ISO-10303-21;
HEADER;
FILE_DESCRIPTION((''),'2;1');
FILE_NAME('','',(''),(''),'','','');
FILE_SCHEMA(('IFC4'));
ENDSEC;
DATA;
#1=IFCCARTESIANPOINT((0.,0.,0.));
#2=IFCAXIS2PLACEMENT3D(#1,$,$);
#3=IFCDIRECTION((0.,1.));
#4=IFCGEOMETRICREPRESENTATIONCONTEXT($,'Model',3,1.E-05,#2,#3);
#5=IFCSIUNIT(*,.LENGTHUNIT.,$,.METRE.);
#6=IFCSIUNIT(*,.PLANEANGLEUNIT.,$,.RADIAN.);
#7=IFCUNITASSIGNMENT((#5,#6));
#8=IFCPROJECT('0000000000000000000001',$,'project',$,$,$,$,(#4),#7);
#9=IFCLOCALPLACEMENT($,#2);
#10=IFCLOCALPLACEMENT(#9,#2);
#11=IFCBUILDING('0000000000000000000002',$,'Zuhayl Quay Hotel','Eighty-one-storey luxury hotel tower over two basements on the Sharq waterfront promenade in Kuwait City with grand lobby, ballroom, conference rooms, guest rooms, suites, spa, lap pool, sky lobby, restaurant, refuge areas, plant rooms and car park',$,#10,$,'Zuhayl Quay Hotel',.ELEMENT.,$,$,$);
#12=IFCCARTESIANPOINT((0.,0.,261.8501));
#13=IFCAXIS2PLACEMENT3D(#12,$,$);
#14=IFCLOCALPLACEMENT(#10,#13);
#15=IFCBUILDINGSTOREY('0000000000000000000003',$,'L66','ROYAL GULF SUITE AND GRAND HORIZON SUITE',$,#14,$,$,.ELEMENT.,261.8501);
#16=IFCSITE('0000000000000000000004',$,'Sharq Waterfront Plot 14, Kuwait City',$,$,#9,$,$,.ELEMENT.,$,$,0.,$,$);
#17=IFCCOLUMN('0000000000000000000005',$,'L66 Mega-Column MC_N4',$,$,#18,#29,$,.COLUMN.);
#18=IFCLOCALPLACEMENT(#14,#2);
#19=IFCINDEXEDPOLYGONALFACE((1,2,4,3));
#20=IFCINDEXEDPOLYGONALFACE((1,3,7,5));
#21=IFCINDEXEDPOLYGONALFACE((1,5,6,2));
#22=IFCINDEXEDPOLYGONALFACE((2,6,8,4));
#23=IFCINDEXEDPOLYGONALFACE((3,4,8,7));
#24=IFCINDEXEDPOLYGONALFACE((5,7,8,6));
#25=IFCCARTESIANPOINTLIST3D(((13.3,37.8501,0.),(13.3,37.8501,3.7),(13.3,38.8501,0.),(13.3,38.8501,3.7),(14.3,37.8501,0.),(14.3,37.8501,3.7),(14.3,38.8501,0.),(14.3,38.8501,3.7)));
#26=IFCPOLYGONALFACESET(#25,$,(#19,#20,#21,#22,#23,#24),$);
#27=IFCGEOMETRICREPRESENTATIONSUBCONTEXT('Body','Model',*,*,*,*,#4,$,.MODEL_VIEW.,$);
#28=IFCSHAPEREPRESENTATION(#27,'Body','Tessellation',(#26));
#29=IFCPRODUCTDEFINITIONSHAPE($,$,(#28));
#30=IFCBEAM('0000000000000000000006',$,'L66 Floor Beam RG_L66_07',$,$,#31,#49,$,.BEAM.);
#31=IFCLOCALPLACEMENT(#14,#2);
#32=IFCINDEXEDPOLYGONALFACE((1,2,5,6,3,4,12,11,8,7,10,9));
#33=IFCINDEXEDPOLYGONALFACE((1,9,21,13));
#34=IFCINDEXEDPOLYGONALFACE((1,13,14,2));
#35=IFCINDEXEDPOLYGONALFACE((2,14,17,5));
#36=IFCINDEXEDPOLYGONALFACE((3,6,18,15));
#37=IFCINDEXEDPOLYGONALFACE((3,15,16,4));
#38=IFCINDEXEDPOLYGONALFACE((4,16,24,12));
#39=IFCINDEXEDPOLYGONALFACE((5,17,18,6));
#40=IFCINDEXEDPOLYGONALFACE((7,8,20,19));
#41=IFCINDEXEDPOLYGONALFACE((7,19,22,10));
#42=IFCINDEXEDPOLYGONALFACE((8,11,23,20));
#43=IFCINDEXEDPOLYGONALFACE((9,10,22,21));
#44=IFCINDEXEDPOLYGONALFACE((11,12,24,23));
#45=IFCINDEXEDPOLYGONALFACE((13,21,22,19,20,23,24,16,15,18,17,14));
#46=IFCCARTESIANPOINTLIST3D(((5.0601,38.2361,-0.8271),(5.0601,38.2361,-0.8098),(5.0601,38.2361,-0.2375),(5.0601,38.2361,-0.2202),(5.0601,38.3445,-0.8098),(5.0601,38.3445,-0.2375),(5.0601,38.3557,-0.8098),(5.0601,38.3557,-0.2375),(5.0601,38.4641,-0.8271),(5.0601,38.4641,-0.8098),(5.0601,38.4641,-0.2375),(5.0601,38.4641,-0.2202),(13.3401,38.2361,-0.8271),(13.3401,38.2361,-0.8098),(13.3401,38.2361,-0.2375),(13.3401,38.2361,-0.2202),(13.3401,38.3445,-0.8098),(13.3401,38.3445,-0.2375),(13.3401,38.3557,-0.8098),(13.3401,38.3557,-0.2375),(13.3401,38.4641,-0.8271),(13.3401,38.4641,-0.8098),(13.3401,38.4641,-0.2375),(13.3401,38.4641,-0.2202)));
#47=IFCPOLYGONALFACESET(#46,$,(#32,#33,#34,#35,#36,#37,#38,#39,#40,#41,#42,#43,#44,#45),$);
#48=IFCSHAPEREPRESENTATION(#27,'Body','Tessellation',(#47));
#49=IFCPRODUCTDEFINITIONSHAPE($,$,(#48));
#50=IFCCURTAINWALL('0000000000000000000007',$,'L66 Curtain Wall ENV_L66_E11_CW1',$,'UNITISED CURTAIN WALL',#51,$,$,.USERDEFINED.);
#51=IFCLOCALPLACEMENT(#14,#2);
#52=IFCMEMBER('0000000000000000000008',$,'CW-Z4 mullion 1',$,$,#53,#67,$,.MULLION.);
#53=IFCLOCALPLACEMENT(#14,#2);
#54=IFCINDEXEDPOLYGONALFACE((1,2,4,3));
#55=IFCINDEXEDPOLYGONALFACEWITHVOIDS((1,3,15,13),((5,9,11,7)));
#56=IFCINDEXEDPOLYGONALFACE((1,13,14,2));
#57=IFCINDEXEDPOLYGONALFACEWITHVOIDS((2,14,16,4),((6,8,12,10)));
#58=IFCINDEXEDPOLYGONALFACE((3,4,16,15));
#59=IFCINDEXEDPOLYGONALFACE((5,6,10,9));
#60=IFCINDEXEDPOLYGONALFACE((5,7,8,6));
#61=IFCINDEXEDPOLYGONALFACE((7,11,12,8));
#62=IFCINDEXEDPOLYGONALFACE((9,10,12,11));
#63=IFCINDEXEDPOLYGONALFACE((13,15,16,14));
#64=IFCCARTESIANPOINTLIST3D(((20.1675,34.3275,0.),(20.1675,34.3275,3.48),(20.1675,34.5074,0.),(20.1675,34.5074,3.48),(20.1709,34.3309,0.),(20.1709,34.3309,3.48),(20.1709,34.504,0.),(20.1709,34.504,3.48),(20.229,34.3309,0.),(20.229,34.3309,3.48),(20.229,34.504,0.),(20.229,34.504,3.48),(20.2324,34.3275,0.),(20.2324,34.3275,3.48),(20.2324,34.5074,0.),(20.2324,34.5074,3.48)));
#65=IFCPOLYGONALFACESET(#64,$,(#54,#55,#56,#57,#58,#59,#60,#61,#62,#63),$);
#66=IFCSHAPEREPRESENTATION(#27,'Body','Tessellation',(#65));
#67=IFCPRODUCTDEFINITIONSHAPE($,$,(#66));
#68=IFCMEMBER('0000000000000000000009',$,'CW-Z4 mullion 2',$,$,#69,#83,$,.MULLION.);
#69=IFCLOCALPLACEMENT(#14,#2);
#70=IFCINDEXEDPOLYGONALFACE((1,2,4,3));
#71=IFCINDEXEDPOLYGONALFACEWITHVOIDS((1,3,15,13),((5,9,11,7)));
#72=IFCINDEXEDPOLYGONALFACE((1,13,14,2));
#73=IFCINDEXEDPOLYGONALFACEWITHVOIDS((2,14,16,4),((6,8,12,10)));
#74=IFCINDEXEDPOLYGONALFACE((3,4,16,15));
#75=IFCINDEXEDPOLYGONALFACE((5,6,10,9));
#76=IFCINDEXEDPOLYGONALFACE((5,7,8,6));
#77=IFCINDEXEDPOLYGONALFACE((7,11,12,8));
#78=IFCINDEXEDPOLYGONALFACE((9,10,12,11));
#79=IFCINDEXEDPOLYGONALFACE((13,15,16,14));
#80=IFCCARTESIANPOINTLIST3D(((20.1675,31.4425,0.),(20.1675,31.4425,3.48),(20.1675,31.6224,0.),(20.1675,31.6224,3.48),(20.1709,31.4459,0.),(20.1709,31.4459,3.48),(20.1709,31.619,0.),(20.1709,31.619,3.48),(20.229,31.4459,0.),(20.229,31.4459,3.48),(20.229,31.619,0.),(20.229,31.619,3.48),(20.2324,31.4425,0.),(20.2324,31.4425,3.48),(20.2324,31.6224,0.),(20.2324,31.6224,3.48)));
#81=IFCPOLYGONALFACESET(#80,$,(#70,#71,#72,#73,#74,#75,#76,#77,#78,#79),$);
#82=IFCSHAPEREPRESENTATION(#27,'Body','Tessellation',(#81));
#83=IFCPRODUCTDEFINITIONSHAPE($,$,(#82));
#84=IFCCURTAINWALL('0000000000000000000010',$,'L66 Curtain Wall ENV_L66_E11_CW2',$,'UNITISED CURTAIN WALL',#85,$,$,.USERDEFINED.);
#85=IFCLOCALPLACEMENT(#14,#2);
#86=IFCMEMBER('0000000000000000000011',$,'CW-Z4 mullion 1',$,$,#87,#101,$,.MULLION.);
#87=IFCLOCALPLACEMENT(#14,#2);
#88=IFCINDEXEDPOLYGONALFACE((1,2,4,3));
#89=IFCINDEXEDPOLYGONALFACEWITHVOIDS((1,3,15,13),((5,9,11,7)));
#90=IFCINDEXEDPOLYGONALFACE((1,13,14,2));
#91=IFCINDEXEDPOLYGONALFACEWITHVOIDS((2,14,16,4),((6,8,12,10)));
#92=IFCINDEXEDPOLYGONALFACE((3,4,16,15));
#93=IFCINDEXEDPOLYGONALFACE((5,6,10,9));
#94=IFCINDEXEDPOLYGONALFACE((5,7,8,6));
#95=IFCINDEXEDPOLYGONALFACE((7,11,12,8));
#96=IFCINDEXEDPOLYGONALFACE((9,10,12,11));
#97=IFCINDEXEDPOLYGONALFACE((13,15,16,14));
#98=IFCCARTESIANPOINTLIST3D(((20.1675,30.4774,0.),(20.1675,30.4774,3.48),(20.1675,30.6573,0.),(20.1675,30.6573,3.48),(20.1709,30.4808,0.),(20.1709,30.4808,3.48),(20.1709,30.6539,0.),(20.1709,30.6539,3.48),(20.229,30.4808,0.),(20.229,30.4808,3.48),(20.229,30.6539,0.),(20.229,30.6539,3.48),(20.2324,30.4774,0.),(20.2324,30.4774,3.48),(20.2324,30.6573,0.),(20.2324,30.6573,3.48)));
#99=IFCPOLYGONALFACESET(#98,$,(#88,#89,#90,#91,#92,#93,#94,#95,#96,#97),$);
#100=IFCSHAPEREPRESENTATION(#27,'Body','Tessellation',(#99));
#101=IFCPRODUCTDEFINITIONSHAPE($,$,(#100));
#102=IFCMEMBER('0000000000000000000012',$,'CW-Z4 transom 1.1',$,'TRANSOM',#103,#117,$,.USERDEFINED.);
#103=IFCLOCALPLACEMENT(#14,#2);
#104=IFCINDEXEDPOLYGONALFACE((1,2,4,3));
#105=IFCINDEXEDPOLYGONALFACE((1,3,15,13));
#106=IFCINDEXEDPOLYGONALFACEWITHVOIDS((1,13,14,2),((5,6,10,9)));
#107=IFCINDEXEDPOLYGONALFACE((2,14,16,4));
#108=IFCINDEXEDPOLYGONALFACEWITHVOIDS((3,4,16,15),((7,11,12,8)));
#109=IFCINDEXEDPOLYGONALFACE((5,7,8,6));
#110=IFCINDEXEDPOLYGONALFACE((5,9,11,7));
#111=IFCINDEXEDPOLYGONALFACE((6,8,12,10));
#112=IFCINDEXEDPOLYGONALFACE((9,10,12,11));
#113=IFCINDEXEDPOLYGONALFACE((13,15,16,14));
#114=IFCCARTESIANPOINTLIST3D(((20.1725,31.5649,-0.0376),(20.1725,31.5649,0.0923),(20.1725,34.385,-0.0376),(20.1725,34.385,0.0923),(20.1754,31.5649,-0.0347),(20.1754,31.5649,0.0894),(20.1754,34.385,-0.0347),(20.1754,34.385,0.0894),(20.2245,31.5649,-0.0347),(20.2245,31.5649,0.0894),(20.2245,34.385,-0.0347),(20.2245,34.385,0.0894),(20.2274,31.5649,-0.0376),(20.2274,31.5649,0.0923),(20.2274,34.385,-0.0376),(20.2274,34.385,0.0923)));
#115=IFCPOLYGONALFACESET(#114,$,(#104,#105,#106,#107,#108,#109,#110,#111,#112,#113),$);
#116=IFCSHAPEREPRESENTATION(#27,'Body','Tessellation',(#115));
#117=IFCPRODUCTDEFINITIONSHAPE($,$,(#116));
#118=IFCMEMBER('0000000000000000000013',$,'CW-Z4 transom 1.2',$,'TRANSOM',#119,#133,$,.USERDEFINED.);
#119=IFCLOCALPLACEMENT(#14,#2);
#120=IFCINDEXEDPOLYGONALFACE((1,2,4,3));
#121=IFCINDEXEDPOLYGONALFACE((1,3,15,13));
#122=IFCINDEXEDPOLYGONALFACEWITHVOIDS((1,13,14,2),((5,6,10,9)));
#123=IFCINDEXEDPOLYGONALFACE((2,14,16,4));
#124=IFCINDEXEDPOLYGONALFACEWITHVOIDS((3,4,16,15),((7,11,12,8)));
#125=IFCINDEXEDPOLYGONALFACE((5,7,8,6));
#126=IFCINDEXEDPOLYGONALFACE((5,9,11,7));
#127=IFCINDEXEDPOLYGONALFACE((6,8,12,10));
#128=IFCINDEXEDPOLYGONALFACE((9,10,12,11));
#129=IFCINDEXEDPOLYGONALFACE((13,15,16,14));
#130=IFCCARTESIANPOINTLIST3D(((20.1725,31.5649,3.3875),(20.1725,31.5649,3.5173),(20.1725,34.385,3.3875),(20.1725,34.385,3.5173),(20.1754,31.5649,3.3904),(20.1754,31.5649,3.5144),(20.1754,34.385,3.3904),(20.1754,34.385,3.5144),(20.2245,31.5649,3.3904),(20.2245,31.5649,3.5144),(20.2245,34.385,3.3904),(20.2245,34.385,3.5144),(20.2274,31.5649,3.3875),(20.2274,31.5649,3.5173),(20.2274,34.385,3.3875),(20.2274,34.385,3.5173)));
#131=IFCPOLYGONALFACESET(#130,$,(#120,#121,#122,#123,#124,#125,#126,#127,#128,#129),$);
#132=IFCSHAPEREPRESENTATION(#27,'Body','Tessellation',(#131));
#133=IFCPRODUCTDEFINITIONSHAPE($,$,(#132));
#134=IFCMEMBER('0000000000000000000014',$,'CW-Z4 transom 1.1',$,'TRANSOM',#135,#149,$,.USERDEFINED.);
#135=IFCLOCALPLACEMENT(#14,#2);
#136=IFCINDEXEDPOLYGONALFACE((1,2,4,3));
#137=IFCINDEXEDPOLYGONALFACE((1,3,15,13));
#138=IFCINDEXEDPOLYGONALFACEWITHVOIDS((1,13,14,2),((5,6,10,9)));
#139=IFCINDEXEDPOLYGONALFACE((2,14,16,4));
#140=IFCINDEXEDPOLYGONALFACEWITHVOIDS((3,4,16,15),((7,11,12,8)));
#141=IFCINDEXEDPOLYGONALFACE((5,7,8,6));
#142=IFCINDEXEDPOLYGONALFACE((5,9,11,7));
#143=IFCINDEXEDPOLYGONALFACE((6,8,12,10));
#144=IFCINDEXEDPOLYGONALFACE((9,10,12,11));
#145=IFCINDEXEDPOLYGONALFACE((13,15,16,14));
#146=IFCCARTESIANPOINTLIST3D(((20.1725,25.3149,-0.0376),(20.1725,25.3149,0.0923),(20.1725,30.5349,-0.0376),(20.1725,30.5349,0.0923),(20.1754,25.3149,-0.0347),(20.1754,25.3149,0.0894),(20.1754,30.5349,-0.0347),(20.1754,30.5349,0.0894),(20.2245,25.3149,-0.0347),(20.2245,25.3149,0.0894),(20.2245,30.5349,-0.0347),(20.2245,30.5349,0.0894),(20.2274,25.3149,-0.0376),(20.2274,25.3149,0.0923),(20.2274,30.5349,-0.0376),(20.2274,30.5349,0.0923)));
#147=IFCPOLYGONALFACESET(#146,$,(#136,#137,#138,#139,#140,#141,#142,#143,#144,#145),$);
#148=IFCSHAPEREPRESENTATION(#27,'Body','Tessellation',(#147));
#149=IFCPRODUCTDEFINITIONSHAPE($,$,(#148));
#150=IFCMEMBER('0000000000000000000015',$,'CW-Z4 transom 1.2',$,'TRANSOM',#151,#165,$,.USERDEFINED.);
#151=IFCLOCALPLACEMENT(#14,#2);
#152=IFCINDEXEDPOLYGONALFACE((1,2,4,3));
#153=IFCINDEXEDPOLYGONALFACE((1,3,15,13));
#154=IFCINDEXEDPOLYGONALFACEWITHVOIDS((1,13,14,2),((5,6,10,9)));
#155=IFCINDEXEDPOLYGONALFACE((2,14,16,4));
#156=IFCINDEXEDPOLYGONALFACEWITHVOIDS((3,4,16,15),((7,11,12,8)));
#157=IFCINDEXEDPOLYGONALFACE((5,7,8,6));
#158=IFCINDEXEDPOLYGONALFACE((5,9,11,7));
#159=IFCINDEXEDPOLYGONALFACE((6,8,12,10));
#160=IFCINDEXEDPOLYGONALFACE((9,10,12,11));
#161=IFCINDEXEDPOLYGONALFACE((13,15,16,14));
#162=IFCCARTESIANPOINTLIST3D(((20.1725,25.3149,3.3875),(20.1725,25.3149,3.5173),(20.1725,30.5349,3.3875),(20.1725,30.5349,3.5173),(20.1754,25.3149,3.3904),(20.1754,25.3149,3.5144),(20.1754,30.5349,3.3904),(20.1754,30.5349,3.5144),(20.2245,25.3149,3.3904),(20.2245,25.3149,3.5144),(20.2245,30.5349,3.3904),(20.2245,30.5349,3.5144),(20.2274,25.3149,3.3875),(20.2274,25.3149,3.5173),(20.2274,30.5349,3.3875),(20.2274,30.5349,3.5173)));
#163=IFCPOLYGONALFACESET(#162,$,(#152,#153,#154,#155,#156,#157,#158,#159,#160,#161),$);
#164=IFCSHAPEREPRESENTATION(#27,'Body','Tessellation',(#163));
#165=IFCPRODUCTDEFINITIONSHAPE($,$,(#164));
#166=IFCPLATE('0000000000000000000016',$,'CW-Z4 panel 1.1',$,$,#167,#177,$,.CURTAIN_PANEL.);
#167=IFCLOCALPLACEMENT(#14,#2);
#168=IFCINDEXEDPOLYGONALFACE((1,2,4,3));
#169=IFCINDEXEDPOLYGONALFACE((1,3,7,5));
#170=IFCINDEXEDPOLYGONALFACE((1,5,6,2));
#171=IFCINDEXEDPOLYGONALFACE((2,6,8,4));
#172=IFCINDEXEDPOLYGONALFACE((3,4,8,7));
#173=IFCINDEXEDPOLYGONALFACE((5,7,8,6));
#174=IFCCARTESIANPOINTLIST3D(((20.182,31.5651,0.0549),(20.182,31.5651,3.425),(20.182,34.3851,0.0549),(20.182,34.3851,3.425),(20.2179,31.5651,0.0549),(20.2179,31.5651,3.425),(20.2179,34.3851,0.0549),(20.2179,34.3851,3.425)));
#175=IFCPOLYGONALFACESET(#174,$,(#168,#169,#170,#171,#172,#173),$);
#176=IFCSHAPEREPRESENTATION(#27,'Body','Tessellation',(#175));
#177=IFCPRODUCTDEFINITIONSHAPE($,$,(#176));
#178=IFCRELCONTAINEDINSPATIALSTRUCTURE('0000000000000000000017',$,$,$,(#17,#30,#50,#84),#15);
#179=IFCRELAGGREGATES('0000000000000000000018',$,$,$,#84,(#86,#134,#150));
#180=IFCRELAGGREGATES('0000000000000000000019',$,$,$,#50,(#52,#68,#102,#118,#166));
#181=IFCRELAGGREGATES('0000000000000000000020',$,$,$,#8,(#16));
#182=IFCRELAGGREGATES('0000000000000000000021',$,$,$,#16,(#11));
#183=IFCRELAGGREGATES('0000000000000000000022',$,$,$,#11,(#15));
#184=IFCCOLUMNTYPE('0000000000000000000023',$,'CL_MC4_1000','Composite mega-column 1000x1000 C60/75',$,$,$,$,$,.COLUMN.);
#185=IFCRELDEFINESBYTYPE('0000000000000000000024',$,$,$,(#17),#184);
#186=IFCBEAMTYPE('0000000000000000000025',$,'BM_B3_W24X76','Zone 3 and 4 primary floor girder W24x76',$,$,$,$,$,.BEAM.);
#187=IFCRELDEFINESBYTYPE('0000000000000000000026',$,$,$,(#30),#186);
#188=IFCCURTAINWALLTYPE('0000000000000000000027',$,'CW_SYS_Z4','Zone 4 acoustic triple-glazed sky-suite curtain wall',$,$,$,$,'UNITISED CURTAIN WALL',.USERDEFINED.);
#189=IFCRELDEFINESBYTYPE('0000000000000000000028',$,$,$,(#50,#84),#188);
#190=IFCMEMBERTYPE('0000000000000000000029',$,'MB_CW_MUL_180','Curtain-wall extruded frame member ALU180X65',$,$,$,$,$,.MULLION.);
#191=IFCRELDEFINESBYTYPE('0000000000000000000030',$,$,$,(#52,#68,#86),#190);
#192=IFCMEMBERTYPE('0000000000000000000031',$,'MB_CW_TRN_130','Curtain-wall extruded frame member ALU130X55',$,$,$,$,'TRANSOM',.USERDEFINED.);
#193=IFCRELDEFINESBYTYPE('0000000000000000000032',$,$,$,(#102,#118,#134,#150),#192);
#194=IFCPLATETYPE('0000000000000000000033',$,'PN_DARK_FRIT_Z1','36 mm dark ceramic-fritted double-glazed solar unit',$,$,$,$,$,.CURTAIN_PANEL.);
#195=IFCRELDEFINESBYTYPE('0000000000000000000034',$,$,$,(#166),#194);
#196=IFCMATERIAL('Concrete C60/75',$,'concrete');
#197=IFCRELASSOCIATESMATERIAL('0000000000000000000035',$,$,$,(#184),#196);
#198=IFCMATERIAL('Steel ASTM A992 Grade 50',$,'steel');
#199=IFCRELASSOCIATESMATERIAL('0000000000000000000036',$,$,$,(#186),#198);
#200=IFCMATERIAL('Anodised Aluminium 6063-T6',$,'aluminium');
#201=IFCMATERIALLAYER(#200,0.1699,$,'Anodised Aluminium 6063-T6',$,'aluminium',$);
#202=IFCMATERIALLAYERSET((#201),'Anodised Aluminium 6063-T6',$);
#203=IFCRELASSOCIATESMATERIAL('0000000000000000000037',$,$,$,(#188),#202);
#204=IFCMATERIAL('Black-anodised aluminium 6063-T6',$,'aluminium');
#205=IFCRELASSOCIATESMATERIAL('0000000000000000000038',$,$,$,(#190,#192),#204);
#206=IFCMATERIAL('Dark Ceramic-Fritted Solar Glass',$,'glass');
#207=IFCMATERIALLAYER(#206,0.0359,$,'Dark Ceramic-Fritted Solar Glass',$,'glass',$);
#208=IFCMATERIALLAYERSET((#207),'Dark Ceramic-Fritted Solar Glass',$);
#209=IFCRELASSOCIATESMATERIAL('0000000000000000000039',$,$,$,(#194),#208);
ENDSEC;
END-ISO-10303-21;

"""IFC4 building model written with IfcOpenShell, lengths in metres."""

from ifc_helpers import new_model, si_unit, direction, frame, origin, origin_2d, place, context, subcontext, project, spatial, rectangle, hollow_rectangle, i_section, extrude, material, layer, layer_set, material_profile, profile_set, type_object, element, aggregate, save


model = new_model("IFC4")

# Units and contexts
model_context = context("Model", 3, precision=1e-05, world=origin(), true_north=direction((0.0, 1.0)))
body_context = subcontext(model_context, "Body", "Model", "MODEL_VIEW")
ifc_project = project(units=[si_unit("LENGTHUNIT", "METRE"), si_unit("PLANEANGLEUNIT", "RADIAN")], contexts=[model_context])

# Site, building, storey
site_placement = place(None, origin())
site = spatial("IfcSite", under=ifc_project, at=site_placement, Name="Sharq Waterfront Plot 14, Kuwait City", CompositionType="ELEMENT", RefElevation=0.0)
building_placement = place(site_placement, origin())
building = spatial("IfcBuilding", under=site, at=building_placement, Name="Zuhayl Quay Hotel", Description="Eighty-one-storey luxury hotel tower over two basements on the Sharq waterfront promenade in Kuwait City with grand lobby, ballroom, conference rooms, guest rooms, suites, spa, lap pool, sky lobby, restaurant, refuge areas, plant rooms and car park", LongName="Zuhayl Quay Hotel", CompositionType="ELEMENT")
storey_placement = place(building_placement, frame((0.0, 0.0, 261.8501)))
storey = spatial("IfcBuildingStorey", under=building, at=storey_placement, Name="L66", Description="ROYAL GULF SUITE AND GRAND HORIZON SUITE", CompositionType="ELEMENT", Elevation=261.8501)

# Column
ifc_material_1 = material(Name="Concrete C60/75", Category="concrete")
ifc_material_profile_1 = material_profile(ifc_material_1, rectangle(XDim=1.0, YDim=1.0, at=origin_2d()), Name="RC1000X1000")
ifc_profile_set_1 = profile_set([ifc_material_profile_1], Name="Concrete C60/75")
column_type = type_object("IfcColumnType", Name="CL_MC4_1000", Description="Composite mega-column 1000x1000 C60/75", PredefinedType="COLUMN", material=ifc_profile_set_1)
column_placement = place(storey_placement, frame((13.8, 38.3501, 0.0), z_axis=(0.0, 0.0, 1.0), x_axis=(1.0, 0.0, 0.0)))
element("IfcColumn", 1, at=column_placement, inside=storey, type_object=column_type, Name="L66 Mega-Column MC_N4", PredefinedType="COLUMN", context=body_context, shape_type="SweptSolid", body=[
    extrude(rectangle(XDim=1.0, YDim=1.0, at=origin_2d()), origin(), (0.0, 0.0, 1.0), 3.7),
])

# Beam
ifc_material_2 = material(Name="Steel ASTM A992 Grade 50", Category="steel")
ifc_material_profile_2 = material_profile(ifc_material_2, i_section(OverallWidth=0.228, OverallDepth=0.6069, WebThickness=0.0112, FlangeThickness=0.0173, at=origin_2d()), Name="W24X76")
ifc_profile_set_2 = profile_set([ifc_material_profile_2], Name="Steel ASTM A992 Grade 50")
beam_type = type_object("IfcBeamType", Name="BM_B3_W24X76", Description="Zone 3 and 4 primary floor girder W24x76", PredefinedType="BEAM", material=ifc_profile_set_2)
beam_placement = place(storey_placement, frame((13.3401, 38.3501, -0.5237), z_axis=(-1.0, 0.0, 0.0), x_axis=(0.0, -1.0, 0.0)))
element("IfcBeam", 2, at=beam_placement, inside=storey, type_object=beam_type, Name="L66 Floor Beam RG_L66_07", PredefinedType="BEAM", context=body_context, shape_type="SweptSolid", body=[
    extrude(i_section(OverallWidth=0.228, OverallDepth=0.6069, WebThickness=0.0112, FlangeThickness=0.0173, at=origin_2d()), origin(), (0.0, 0.0, 1.0), 8.28),
])

# Curtain wall, members
ifc_material_3 = material(Name="Anodised Aluminium 6063-T6", Category="aluminium")
ifc_layer_1 = layer(ifc_material_3, 0.1699, Name="Anodised Aluminium 6063-T6", Category="aluminium")
ifc_layer_set_1 = layer_set([ifc_layer_1], Name="Anodised Aluminium 6063-T6")
curtain_wall_type = type_object("IfcCurtainWallType", Name="CW_SYS_Z4", Description="Zone 4 acoustic triple-glazed sky-suite curtain wall", ElementType="UNITISED CURTAIN WALL", PredefinedType="USERDEFINED", material=ifc_layer_set_1)
curtain_wall_1_placement = place(storey_placement, origin())
curtain_wall_1 = element("IfcCurtainWall", 3, at=curtain_wall_1_placement, inside=storey, type_object=curtain_wall_type, Name="L66 Curtain Wall ENV_L66_E11_CW1", ObjectType="UNITISED CURTAIN WALL", PredefinedType="USERDEFINED")
ifc_material_4 = material(Name="Black-anodised aluminium 6063-T6", Category="aluminium")
ifc_material_profile_3 = material_profile(ifc_material_4, hollow_rectangle(XDim=0.0649, YDim=0.1799, WallThickness=0.0034, at=origin_2d()), Name="ALU180X65")
ifc_profile_set_3 = profile_set([ifc_material_profile_3], Name="Black-anodised aluminium 6063-T6")
member_type_1 = type_object("IfcMemberType", Name="MB_CW_MUL_180", Description="Curtain-wall extruded frame member ALU180X65", PredefinedType="MULLION", material=ifc_profile_set_3)
member_1_placement = place(storey_placement, frame((20.2, 34.4175, 0.0), z_axis=(0.0, 0.0, 1.0), x_axis=(1.0, 0.0, 0.0)))
member_1 = element("IfcMember", 4, at=member_1_placement, type_object=member_type_1, Name="CW-Z4 mullion 1", PredefinedType="MULLION", context=body_context, shape_type="SweptSolid", body=[
    extrude(hollow_rectangle(XDim=0.0649, YDim=0.1799, WallThickness=0.0034, at=origin_2d()), origin(), (0.0, 0.0, 1.0), 3.48),
])
member_2_placement = place(storey_placement, frame((20.2, 31.5325, 0.0), z_axis=(0.0, 0.0, 1.0), x_axis=(1.0, 0.0, 0.0)))
member_2 = element("IfcMember", 5, at=member_2_placement, type_object=member_type_1, Name="CW-Z4 mullion 2", PredefinedType="MULLION", context=body_context, shape_type="SweptSolid", body=[
    extrude(hollow_rectangle(XDim=0.0649, YDim=0.1799, WallThickness=0.0034, at=origin_2d()), origin(), (0.0, 0.0, 1.0), 3.48),
])

# Curtain wall, member
curtain_wall_2_placement = place(storey_placement, origin())
curtain_wall_2 = element("IfcCurtainWall", 6, at=curtain_wall_2_placement, inside=storey, type_object=curtain_wall_type, Name="L66 Curtain Wall ENV_L66_E11_CW2", ObjectType="UNITISED CURTAIN WALL", PredefinedType="USERDEFINED")
member_3_placement = place(storey_placement, frame((20.2, 30.5674, 0.0), z_axis=(0.0, 0.0, 1.0), x_axis=(1.0, 0.0, 0.0)))
member_3 = element("IfcMember", 7, at=member_3_placement, type_object=member_type_1, Name="CW-Z4 mullion 1", PredefinedType="MULLION", context=body_context, shape_type="SweptSolid", body=[
    extrude(hollow_rectangle(XDim=0.0649, YDim=0.1799, WallThickness=0.0034, at=origin_2d()), origin(), (0.0, 0.0, 1.0), 3.48),
])

# Members
ifc_material_profile_4 = material_profile(ifc_material_4, hollow_rectangle(XDim=0.0549, YDim=0.1299, WallThickness=0.0029, at=origin_2d()), Name="ALU130X55")
ifc_profile_set_4 = profile_set([ifc_material_profile_4], Name="Black-anodised aluminium 6063-T6")
member_type_2 = type_object("IfcMemberType", Name="MB_CW_TRN_130", Description="Curtain-wall extruded frame member ALU130X55", ElementType="TRANSOM", PredefinedType="USERDEFINED", material=ifc_profile_set_4)
member_4_placement = place(storey_placement, frame((20.2, 34.385, 0.0273), z_axis=(0.0, -1.0, 0.0), x_axis=(1.0, 0.0, 0.0)))
member_4 = element("IfcMember", 8, at=member_4_placement, type_object=member_type_2, Name="CW-Z4 transom 1.1", ObjectType="TRANSOM", PredefinedType="USERDEFINED", context=body_context, shape_type="SweptSolid", body=[
    extrude(hollow_rectangle(XDim=0.0549, YDim=0.1299, WallThickness=0.0029, at=origin_2d()), origin(), (0.0, 0.0, 1.0), 2.8201),
])
member_5_placement = place(storey_placement, frame((20.2, 34.385, 3.4524), z_axis=(0.0, -1.0, 0.0), x_axis=(1.0, 0.0, 0.0)))
member_5 = element("IfcMember", 9, at=member_5_placement, type_object=member_type_2, Name="CW-Z4 transom 1.2", ObjectType="TRANSOM", PredefinedType="USERDEFINED", context=body_context, shape_type="SweptSolid", body=[
    extrude(hollow_rectangle(XDim=0.0549, YDim=0.1299, WallThickness=0.0029, at=origin_2d()), origin(), (0.0, 0.0, 1.0), 2.8201),
])
member_6_placement = place(storey_placement, frame((20.2, 30.5349, 0.0273), z_axis=(0.0, -1.0, 0.0), x_axis=(1.0, 0.0, 0.0)))
member_6 = element("IfcMember", 10, at=member_6_placement, type_object=member_type_2, Name="CW-Z4 transom 1.1", ObjectType="TRANSOM", PredefinedType="USERDEFINED", context=body_context, shape_type="SweptSolid", body=[
    extrude(hollow_rectangle(XDim=0.0549, YDim=0.1299, WallThickness=0.0029, at=origin_2d()), origin(), (0.0, 0.0, 1.0), 5.22),
])
member_7_placement = place(storey_placement, frame((20.2, 30.5349, 3.4524), z_axis=(0.0, -1.0, 0.0), x_axis=(1.0, 0.0, 0.0)))
member_7 = element("IfcMember", 11, at=member_7_placement, type_object=member_type_2, Name="CW-Z4 transom 1.2", ObjectType="TRANSOM", PredefinedType="USERDEFINED", context=body_context, shape_type="SweptSolid", body=[
    extrude(hollow_rectangle(XDim=0.0549, YDim=0.1299, WallThickness=0.0029, at=origin_2d()), origin(), (0.0, 0.0, 1.0), 5.22),
])
aggregate(curtain_wall_2, [member_3, member_6, member_7])

# Plate
ifc_material_5 = material(Name="Dark Ceramic-Fritted Solar Glass", Category="glass")
ifc_layer_2 = layer(ifc_material_5, 0.0359, Name="Dark Ceramic-Fritted Solar Glass", Category="glass")
ifc_layer_set_2 = layer_set([ifc_layer_2], Name="Dark Ceramic-Fritted Solar Glass")
plate_type = type_object("IfcPlateType", Name="PN_DARK_FRIT_Z1", Description="36 mm dark ceramic-fritted double-glazed solar unit", PredefinedType="CURTAIN_PANEL", material=ifc_layer_set_2)
plate_placement = place(storey_placement, frame((20.2, 32.9751, 0.0549), z_axis=(0.0, 0.0, 1.0), x_axis=(0.0, -1.0, 0.0)))
plate = element("IfcPlate", 12, at=plate_placement, type_object=plate_type, Name="CW-Z4 panel 1.1", PredefinedType="CURTAIN_PANEL", context=body_context, shape_type="SweptSolid", body=[
    extrude(rectangle(XDim=2.8201, YDim=0.0359, at=origin_2d()), origin(), (0.0, 0.0, 1.0), 3.3701),
])
aggregate(curtain_wall_1, [member_1, member_2, member_4, member_5, plate])

save(model, "model.ifc")
